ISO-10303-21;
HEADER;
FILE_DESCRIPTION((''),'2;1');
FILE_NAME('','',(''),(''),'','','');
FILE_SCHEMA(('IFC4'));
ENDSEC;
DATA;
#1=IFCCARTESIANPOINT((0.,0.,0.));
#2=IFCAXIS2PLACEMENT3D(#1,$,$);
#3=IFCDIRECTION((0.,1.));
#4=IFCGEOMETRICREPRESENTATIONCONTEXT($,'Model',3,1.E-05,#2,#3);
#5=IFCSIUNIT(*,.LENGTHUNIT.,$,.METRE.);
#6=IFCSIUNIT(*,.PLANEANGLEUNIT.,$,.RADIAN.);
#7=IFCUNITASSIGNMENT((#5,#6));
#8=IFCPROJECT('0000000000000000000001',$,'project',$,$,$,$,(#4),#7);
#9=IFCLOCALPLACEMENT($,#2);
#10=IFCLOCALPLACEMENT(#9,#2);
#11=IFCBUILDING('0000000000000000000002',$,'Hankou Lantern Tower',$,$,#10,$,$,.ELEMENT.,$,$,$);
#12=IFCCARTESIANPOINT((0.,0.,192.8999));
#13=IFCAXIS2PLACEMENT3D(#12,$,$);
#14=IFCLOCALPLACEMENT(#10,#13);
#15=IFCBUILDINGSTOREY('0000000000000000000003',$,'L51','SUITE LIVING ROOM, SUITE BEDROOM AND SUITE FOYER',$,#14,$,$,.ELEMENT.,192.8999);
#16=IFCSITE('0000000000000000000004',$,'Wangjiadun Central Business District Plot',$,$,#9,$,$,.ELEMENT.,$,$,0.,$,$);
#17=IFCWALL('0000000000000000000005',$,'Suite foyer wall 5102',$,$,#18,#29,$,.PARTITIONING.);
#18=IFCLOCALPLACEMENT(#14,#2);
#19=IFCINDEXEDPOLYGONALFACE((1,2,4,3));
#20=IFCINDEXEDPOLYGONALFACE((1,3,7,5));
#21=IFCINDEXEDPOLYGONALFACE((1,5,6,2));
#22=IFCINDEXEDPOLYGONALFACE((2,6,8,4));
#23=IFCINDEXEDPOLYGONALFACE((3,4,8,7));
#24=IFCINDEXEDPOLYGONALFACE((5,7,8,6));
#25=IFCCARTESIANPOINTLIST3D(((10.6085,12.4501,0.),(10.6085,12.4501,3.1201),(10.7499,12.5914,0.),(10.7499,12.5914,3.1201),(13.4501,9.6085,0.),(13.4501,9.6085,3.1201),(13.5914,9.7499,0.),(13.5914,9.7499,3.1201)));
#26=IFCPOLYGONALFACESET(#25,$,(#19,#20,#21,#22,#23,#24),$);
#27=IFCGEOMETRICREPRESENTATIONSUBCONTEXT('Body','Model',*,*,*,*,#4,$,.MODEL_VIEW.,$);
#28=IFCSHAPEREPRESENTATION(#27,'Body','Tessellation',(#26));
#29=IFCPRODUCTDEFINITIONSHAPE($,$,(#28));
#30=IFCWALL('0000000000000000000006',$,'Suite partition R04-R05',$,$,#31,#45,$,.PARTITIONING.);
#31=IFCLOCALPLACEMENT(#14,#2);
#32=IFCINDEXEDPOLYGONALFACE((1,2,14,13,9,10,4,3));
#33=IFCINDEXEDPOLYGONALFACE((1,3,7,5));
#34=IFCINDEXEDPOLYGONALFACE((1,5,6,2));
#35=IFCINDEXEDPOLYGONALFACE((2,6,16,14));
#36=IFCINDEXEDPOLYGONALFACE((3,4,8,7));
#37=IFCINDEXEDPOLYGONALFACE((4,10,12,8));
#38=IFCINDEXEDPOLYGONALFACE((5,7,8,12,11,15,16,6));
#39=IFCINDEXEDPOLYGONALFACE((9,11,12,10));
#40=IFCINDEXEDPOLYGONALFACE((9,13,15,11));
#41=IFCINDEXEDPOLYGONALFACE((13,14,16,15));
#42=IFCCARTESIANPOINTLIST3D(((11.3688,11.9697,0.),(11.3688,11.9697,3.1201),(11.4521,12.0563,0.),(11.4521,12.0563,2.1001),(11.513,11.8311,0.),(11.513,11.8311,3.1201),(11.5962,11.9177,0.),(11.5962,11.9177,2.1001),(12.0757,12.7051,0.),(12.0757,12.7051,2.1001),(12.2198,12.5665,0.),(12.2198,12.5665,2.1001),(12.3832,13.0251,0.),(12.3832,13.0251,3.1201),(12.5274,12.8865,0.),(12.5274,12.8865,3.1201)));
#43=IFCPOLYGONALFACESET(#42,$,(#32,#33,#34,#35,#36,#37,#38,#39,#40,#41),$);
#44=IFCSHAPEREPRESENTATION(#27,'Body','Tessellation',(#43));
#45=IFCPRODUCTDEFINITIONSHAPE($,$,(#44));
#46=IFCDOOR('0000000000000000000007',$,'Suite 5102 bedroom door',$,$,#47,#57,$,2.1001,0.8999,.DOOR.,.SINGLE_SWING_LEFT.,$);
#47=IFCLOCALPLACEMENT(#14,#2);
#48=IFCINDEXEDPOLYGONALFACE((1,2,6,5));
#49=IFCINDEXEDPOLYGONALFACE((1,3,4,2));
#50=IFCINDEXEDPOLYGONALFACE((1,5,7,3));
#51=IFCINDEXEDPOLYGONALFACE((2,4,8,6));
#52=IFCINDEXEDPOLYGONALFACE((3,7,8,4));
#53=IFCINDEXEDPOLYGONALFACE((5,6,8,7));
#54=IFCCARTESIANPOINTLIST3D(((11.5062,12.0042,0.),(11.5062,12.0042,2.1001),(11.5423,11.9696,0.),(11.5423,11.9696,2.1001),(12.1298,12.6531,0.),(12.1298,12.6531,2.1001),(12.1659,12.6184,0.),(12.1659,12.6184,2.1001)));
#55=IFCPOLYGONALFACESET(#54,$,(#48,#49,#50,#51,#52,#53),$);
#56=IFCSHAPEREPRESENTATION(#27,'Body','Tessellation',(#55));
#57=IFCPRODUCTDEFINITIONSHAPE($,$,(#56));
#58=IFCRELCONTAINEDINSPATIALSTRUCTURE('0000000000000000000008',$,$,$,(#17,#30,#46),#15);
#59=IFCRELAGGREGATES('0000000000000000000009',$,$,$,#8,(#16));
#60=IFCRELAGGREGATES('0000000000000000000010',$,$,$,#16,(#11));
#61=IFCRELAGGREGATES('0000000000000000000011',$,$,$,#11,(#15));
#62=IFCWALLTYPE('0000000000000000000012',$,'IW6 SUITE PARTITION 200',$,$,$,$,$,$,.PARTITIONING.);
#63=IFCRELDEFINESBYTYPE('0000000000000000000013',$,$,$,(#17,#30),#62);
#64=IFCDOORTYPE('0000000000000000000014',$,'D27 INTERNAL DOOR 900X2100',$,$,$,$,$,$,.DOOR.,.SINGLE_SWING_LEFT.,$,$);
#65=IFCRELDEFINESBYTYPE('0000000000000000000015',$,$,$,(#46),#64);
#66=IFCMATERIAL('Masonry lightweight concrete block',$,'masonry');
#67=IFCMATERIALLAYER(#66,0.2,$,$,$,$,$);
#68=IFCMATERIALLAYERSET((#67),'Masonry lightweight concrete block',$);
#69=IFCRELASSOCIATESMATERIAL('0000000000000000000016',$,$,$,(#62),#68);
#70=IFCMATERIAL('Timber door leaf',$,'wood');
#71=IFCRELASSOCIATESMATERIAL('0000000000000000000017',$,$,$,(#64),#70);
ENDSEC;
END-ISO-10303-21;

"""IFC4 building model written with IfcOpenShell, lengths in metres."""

from ifc_helpers import new_model, si_unit, direction, frame, frame_2d, origin, place, context, subcontext, project, spatial, rectangle, extrude, material, layer, layer_set, type_object, element, fill, save


model = new_model("IFC4")

# Units and contexts
model_context = context("Model", 3, precision=1e-05, world=origin(), true_north=direction((0.0, 1.0)))
body_context = subcontext(model_context, "Body", "Model", "MODEL_VIEW")
ifc_project = project(units=[si_unit("LENGTHUNIT", "METRE"), si_unit("PLANEANGLEUNIT", "RADIAN")], contexts=[model_context])

# Site, building, storey
site_placement = place(None, origin())
site = spatial("IfcSite", under=ifc_project, at=site_placement, Name="Wangjiadun Central Business District Plot", CompositionType="ELEMENT", RefElevation=0.0)
building_placement = place(site_placement, origin())
building = spatial("IfcBuilding", under=site, at=building_placement, Name="Hankou Lantern Tower", CompositionType="ELEMENT")
storey_placement = place(building_placement, frame((0.0, 0.0, 192.8999)))
storey = spatial("IfcBuildingStorey", under=building, at=storey_placement, Name="L51", Description="SUITE LIVING ROOM, SUITE BEDROOM AND SUITE FOYER", CompositionType="ELEMENT", Elevation=192.8999)

# Wall
ifc_material_1 = material(Name="Masonry lightweight concrete block", Category="masonry")
ifc_layer_1 = layer(ifc_material_1, 0.2)
ifc_layer_set_1 = layer_set([ifc_layer_1], Name="Masonry lightweight concrete block")
wall_type_1 = type_object("IfcWallType", Name="IW6 SUITE PARTITION 200", PredefinedType="PARTITIONING", material=ifc_layer_set_1)
wall_1_placement = place(storey_placement, frame((13.5208, 9.6792, 0.0), z_axis=(0.0, 0.0, 1.0), x_axis=(-0.707107, 0.707107, 0.0)))
element("IfcWall", 1, at=wall_1_placement, inside=storey, type_object=wall_type_1, Name="Suite foyer wall 5102", PredefinedType="PARTITIONING", context=body_context, shape_type="SweptSolid", body=[
    extrude(rectangle(XDim=4.0186, YDim=0.2, at=frame_2d((2.0093, 0.0))), origin(), (0.0, 0.0, 1.0), 3.1201),
])

# Wall, opening, door
wall_2_placement = place(storey_placement, frame((11.4409, 11.9004, 0.0), z_axis=(0.0, 0.0, 1.0), x_axis=(0.692959, 0.720977, 0.0)))
wall_2 = element("IfcWall", 2, at=wall_2_placement, inside=storey, type_object=wall_type_1, Name="Suite partition R04-R05", PredefinedType="PARTITIONING", context=body_context, shape_type="SweptSolid", body=[
    extrude(rectangle(XDim=1.4639, YDim=0.2, at=frame_2d((0.7319, 0.0))), origin(), (0.0, 0.0, 1.0), 3.1201),
])
opening_1_placement = place(wall_2_placement, frame((0.1201, 0.0, 0.0)))
opening_1 = element("IfcOpeningElement", 3, at=opening_1_placement, cuts=wall_2, PredefinedType="OPENING", context=body_context, shape_type="SweptSolid", body=[
    extrude(rectangle(XDim=0.8999, YDim=2.1001, at=frame_2d((0.45, 1.05))), frame((0.0, 0.1099, 0.0), z_axis=(0.0, -1.0, 0.0), x_axis=(1.0, 0.0, 0.0)), (0.0, 0.0, 1.0), 0.22),
])
ifc_material_2 = material(Name="Timber door leaf", Category="wood")
door_type_1 = type_object("IfcDoorType", Name="D27 INTERNAL DOOR 900X2100", OperationType="SINGLE_SWING_LEFT", PredefinedType="DOOR", material=ifc_material_2)
door_1_placement = place(opening_1_placement, origin())
door_1 = element("IfcDoor", 4, at=door_1_placement, inside=storey, type_object=door_type_1, Name="Suite 5102 bedroom door", OperationType="SINGLE_SWING_LEFT", OverallHeight=2.1001, OverallWidth=0.8999, PredefinedType="DOOR", context=body_context, shape_type="SweptSolid", body=[
    extrude(rectangle(XDim=0.8999, YDim=2.1001, at=frame_2d((0.45, 1.05))), frame((0.0, 0.0249, 0.0), z_axis=(0.0, -1.0, 0.0), x_axis=(1.0, 0.0, 0.0)), (0.0, 0.0, 1.0), 0.05),
])
fill(opening_1, door_1)

save(model, "model.ifc")
